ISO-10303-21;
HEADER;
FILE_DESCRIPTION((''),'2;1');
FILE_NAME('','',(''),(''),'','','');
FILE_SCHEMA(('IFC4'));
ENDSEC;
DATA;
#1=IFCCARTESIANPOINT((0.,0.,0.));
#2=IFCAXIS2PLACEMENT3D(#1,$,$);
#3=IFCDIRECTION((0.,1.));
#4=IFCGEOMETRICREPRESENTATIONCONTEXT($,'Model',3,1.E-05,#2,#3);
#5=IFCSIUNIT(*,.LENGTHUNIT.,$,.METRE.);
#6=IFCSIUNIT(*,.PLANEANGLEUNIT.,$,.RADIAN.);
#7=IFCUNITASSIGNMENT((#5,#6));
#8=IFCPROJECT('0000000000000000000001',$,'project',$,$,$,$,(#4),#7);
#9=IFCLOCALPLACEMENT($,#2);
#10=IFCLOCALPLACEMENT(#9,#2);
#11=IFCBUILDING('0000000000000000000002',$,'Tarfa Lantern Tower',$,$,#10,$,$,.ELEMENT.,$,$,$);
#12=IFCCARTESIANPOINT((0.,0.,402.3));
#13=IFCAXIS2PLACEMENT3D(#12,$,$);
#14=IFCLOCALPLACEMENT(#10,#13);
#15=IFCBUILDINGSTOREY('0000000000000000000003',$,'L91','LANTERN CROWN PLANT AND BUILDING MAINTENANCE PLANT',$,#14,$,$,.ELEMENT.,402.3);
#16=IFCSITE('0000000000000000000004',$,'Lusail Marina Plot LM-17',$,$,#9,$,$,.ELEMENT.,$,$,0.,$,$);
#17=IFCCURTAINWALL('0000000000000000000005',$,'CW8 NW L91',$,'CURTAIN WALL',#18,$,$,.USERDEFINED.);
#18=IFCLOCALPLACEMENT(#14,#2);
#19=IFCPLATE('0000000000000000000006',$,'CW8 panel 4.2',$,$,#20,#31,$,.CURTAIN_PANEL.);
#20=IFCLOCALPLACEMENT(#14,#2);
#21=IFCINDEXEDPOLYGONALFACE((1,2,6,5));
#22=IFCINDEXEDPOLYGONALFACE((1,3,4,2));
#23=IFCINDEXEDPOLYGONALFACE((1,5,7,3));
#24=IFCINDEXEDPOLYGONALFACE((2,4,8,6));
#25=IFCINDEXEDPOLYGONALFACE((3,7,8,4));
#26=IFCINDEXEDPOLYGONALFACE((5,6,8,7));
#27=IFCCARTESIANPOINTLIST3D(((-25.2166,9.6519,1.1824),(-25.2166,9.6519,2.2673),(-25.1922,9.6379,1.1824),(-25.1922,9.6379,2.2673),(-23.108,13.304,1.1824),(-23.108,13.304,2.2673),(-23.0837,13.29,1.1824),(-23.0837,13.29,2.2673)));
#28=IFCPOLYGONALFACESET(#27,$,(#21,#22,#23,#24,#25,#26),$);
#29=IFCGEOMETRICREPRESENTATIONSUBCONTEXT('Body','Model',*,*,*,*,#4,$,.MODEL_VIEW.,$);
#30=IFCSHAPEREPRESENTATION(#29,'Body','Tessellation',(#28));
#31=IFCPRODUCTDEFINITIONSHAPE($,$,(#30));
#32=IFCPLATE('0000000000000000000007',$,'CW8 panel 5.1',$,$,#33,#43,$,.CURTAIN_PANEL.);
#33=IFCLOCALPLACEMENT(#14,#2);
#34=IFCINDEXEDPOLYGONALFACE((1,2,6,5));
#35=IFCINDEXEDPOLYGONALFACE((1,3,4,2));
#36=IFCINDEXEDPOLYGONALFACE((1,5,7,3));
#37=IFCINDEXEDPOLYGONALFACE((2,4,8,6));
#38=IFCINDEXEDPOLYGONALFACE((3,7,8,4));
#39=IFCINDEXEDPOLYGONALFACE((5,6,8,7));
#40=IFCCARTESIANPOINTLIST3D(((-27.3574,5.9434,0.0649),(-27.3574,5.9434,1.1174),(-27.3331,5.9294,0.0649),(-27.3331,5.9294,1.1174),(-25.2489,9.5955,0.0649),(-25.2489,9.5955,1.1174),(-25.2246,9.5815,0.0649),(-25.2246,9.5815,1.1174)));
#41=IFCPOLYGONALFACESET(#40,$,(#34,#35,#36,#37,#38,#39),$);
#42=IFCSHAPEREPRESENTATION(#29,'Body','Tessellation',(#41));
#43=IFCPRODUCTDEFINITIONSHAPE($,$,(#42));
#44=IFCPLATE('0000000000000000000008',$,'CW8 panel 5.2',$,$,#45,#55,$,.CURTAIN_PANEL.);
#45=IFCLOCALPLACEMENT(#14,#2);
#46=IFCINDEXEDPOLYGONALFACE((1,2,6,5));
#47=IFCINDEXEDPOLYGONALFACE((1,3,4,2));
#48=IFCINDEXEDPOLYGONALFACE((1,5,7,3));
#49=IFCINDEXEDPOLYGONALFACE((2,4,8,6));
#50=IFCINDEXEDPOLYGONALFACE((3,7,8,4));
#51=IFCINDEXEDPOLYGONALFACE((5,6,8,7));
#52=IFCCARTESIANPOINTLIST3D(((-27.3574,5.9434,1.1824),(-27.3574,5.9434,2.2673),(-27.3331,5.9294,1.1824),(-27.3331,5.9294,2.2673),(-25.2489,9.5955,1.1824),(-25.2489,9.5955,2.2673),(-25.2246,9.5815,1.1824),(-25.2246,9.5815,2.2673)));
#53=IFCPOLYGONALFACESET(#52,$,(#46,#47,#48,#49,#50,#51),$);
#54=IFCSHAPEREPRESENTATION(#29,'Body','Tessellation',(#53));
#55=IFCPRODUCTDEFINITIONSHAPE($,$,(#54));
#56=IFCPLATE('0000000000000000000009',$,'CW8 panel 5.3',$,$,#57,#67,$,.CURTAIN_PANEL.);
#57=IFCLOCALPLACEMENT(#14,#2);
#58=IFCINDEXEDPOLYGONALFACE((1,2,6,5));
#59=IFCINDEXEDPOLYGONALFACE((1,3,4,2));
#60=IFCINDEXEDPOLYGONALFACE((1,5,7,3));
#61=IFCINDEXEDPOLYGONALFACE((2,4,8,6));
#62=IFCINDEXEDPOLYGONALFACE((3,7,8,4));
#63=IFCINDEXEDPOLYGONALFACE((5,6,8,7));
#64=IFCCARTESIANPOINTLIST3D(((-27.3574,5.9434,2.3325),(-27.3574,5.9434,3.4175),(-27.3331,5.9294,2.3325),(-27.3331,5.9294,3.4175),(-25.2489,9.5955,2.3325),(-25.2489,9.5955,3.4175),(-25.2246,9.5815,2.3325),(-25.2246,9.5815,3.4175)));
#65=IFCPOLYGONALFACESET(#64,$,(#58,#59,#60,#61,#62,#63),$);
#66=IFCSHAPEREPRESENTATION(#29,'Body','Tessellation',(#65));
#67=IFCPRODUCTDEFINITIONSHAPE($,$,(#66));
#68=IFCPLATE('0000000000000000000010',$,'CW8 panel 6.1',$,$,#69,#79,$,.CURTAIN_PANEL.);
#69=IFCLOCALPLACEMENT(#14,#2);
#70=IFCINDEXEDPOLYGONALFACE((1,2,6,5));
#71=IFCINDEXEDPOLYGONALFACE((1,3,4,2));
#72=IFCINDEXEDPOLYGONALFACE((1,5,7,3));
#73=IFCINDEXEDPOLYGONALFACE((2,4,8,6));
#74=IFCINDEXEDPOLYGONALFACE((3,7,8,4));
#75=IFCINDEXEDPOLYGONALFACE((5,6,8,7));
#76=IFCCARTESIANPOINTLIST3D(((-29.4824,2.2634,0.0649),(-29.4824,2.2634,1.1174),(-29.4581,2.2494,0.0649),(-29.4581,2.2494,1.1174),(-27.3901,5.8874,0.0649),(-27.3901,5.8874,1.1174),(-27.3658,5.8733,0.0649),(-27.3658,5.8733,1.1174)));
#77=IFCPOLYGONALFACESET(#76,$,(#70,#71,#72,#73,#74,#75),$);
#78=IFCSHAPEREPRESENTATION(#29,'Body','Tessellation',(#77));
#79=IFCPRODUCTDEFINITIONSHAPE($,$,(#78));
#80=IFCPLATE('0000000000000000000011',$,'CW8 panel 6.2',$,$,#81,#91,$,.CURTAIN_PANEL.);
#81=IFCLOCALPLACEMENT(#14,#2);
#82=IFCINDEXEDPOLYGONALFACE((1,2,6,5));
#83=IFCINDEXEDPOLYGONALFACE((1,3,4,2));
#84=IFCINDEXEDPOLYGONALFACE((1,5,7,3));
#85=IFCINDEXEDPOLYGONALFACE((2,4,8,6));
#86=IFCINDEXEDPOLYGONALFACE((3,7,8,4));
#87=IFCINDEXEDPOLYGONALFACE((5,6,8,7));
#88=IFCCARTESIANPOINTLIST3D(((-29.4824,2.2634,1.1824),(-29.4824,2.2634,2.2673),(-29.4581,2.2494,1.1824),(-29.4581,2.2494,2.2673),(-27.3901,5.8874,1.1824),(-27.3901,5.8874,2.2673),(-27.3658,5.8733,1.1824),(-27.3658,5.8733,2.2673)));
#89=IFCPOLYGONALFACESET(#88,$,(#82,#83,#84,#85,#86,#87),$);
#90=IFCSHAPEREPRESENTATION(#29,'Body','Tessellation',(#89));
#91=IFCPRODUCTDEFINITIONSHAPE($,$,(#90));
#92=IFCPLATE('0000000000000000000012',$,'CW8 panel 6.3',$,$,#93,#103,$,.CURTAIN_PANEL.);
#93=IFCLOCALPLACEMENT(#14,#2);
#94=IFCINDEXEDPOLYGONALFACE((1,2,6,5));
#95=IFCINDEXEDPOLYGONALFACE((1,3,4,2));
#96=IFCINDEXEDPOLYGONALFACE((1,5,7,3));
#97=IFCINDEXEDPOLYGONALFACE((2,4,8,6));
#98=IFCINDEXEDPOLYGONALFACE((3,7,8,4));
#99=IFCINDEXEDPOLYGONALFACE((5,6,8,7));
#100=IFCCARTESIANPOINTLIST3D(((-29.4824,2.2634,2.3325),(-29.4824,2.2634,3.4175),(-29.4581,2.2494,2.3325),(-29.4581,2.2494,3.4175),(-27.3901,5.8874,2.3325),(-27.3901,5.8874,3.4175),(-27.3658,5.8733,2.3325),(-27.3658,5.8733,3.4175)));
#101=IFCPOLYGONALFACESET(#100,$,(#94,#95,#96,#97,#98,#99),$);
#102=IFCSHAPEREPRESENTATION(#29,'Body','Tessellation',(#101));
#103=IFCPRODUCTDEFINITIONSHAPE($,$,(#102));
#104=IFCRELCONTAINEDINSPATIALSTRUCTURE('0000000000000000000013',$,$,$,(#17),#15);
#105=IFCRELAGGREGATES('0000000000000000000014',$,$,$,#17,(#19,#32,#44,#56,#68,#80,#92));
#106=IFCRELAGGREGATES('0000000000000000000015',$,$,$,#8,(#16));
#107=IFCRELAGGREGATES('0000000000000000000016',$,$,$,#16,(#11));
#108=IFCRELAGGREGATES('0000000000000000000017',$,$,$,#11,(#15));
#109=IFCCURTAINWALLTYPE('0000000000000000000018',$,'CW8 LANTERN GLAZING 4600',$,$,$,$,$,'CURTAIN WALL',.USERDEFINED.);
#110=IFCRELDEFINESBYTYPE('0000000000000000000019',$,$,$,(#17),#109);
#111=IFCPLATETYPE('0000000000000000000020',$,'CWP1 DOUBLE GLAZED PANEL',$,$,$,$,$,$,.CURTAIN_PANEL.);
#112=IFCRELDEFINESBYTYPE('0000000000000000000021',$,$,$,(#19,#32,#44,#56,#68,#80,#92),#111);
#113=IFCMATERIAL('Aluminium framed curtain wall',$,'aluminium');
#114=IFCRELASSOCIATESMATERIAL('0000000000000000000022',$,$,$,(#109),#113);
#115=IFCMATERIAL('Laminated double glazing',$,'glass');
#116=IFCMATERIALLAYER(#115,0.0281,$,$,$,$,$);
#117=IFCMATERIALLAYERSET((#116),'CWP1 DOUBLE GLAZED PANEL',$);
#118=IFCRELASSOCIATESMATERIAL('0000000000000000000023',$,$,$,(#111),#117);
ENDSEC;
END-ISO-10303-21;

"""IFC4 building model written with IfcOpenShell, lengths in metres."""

from ifc_helpers import new_model, si_unit, direction, frame, origin, origin_2d, place, context, subcontext, project, spatial, rectangle, extrude, material, layer, layer_set, type_object, element, aggregate, save


model = new_model("IFC4")

# Units and contexts
model_context = context("Model", 3, precision=1e-05, world=origin(), true_north=direction((0.0, 1.0)))
body_context = subcontext(model_context, "Body", "Model", "MODEL_VIEW")
ifc_project = project(units=[si_unit("LENGTHUNIT", "METRE"), si_unit("PLANEANGLEUNIT", "RADIAN")], contexts=[model_context])

# Site, building, storey
site_placement = place(None, origin())
site = spatial("IfcSite", under=ifc_project, at=site_placement, Name="Lusail Marina Plot LM-17", CompositionType="ELEMENT", RefElevation=0.0)
building_placement = place(site_placement, origin())
building = spatial("IfcBuilding", under=site, at=building_placement, Name="Tarfa Lantern Tower", CompositionType="ELEMENT")
storey_placement = place(building_placement, frame((0.0, 0.0, 402.3)))
storey = spatial("IfcBuildingStorey", under=building, at=storey_placement, Name="L91", Description="LANTERN CROWN PLANT AND BUILDING MAINTENANCE PLANT", CompositionType="ELEMENT", Elevation=402.3)

# Curtain wall
ifc_material_1 = material(Name="Aluminium framed curtain wall", Category="aluminium")
curtain_wall_type = type_object("IfcCurtainWallType", Name="CW8 LANTERN GLAZING 4600", ElementType="CURTAIN WALL", PredefinedType="USERDEFINED", material=ifc_material_1)
curtain_wall_1_placement = place(storey_placement, origin())
curtain_wall_1 = element("IfcCurtainWall", 1, at=curtain_wall_1_placement, inside=storey, type_object=curtain_wall_type, Name="CW8 NW L91", ObjectType="CURTAIN WALL", PredefinedType="USERDEFINED")

# Plates
ifc_material_2 = material(Name="Laminated double glazing", Category="glass")
ifc_layer = layer(ifc_material_2, 0.0281)
ifc_layer_set = layer_set([ifc_layer], Name="CWP1 DOUBLE GLAZED PANEL")
plate_type = type_object("IfcPlateType", Name="CWP1 DOUBLE GLAZED PANEL", PredefinedType="CURTAIN_PANEL", material=ifc_layer_set)
plate_1_placement = place(storey_placement, frame((-24.1501, 11.4709, 1.1824), z_axis=(0.0, 0.0, 1.0), x_axis=(-0.5, -0.866025, 0.0)))
plate_1 = element("IfcPlate", 2, at=plate_1_placement, type_object=plate_type, Name="CW8 panel 4.2", PredefinedType="CURTAIN_PANEL", context=body_context, shape_type="SweptSolid", body=[
    extrude(rectangle(XDim=4.217, YDim=0.0281, at=origin_2d()), origin(), (0.0, 0.0, 1.0), 1.085),
])
plate_2_placement = place(storey_placement, frame((-26.291, 7.7625, 0.0649), z_axis=(0.0, 0.0, 1.0), x_axis=(-0.5, -0.866025, 0.0)))
plate_2 = element("IfcPlate", 3, at=plate_2_placement, type_object=plate_type, Name="CW8 panel 5.1", PredefinedType="CURTAIN_PANEL", context=body_context, shape_type="SweptSolid", body=[
    extrude(rectangle(XDim=4.217, YDim=0.0281, at=origin_2d()), origin(), (0.0, 0.0, 1.0), 1.0525),
])
plate_3_placement = place(storey_placement, frame((-26.291, 7.7625, 1.1824), z_axis=(0.0, 0.0, 1.0), x_axis=(-0.5, -0.866025, 0.0)))
plate_3 = element("IfcPlate", 4, at=plate_3_placement, type_object=plate_type, Name="CW8 panel 5.2", PredefinedType="CURTAIN_PANEL", context=body_context, shape_type="SweptSolid", body=[
    extrude(rectangle(XDim=4.217, YDim=0.0281, at=origin_2d()), origin(), (0.0, 0.0, 1.0), 1.085),
])
plate_4_placement = place(storey_placement, frame((-26.291, 7.7625, 2.3325), z_axis=(0.0, 0.0, 1.0), x_axis=(-0.5, -0.866025, 0.0)))
plate_4 = element("IfcPlate", 5, at=plate_4_placement, type_object=plate_type, Name="CW8 panel 5.3", PredefinedType="CURTAIN_PANEL", context=body_context, shape_type="SweptSolid", body=[
    extrude(rectangle(XDim=4.217, YDim=0.0281, at=origin_2d()), origin(), (0.0, 0.0, 1.0), 1.085),
])
plate_5_placement = place(storey_placement, frame((-28.4241, 4.0684, 0.0649), z_axis=(0.0, 0.0, 1.0), x_axis=(-0.5, -0.866025, 0.0)))
plate_5 = element("IfcPlate", 6, at=plate_5_placement, type_object=plate_type, Name="CW8 panel 6.1", PredefinedType="CURTAIN_PANEL", context=body_context, shape_type="SweptSolid", body=[
    extrude(rectangle(XDim=4.1846, YDim=0.0281, at=origin_2d()), origin(), (0.0, 0.0, 1.0), 1.0525),
])
plate_6_placement = place(storey_placement, frame((-28.4241, 4.0684, 1.1824), z_axis=(0.0, 0.0, 1.0), x_axis=(-0.5, -0.866025, 0.0)))
plate_6 = element("IfcPlate", 7, at=plate_6_placement, type_object=plate_type, Name="CW8 panel 6.2", PredefinedType="CURTAIN_PANEL", context=body_context, shape_type="SweptSolid", body=[
    extrude(rectangle(XDim=4.1846, YDim=0.0281, at=origin_2d()), origin(), (0.0, 0.0, 1.0), 1.085),
])
plate_7_placement = place(storey_placement, frame((-28.4241, 4.0684, 2.3325), z_axis=(0.0, 0.0, 1.0), x_axis=(-0.5, -0.866025, 0.0)))
plate_7 = element("IfcPlate", 8, at=plate_7_placement, type_object=plate_type, Name="CW8 panel 6.3", PredefinedType="CURTAIN_PANEL", context=body_context, shape_type="SweptSolid", body=[
    extrude(rectangle(XDim=4.1846, YDim=0.0281, at=origin_2d()), origin(), (0.0, 0.0, 1.0), 1.085),
])
aggregate(curtain_wall_1, [plate_1, plate_2, plate_3, plate_4, plate_5, plate_6, plate_7])

save(model, "model.ifc")
